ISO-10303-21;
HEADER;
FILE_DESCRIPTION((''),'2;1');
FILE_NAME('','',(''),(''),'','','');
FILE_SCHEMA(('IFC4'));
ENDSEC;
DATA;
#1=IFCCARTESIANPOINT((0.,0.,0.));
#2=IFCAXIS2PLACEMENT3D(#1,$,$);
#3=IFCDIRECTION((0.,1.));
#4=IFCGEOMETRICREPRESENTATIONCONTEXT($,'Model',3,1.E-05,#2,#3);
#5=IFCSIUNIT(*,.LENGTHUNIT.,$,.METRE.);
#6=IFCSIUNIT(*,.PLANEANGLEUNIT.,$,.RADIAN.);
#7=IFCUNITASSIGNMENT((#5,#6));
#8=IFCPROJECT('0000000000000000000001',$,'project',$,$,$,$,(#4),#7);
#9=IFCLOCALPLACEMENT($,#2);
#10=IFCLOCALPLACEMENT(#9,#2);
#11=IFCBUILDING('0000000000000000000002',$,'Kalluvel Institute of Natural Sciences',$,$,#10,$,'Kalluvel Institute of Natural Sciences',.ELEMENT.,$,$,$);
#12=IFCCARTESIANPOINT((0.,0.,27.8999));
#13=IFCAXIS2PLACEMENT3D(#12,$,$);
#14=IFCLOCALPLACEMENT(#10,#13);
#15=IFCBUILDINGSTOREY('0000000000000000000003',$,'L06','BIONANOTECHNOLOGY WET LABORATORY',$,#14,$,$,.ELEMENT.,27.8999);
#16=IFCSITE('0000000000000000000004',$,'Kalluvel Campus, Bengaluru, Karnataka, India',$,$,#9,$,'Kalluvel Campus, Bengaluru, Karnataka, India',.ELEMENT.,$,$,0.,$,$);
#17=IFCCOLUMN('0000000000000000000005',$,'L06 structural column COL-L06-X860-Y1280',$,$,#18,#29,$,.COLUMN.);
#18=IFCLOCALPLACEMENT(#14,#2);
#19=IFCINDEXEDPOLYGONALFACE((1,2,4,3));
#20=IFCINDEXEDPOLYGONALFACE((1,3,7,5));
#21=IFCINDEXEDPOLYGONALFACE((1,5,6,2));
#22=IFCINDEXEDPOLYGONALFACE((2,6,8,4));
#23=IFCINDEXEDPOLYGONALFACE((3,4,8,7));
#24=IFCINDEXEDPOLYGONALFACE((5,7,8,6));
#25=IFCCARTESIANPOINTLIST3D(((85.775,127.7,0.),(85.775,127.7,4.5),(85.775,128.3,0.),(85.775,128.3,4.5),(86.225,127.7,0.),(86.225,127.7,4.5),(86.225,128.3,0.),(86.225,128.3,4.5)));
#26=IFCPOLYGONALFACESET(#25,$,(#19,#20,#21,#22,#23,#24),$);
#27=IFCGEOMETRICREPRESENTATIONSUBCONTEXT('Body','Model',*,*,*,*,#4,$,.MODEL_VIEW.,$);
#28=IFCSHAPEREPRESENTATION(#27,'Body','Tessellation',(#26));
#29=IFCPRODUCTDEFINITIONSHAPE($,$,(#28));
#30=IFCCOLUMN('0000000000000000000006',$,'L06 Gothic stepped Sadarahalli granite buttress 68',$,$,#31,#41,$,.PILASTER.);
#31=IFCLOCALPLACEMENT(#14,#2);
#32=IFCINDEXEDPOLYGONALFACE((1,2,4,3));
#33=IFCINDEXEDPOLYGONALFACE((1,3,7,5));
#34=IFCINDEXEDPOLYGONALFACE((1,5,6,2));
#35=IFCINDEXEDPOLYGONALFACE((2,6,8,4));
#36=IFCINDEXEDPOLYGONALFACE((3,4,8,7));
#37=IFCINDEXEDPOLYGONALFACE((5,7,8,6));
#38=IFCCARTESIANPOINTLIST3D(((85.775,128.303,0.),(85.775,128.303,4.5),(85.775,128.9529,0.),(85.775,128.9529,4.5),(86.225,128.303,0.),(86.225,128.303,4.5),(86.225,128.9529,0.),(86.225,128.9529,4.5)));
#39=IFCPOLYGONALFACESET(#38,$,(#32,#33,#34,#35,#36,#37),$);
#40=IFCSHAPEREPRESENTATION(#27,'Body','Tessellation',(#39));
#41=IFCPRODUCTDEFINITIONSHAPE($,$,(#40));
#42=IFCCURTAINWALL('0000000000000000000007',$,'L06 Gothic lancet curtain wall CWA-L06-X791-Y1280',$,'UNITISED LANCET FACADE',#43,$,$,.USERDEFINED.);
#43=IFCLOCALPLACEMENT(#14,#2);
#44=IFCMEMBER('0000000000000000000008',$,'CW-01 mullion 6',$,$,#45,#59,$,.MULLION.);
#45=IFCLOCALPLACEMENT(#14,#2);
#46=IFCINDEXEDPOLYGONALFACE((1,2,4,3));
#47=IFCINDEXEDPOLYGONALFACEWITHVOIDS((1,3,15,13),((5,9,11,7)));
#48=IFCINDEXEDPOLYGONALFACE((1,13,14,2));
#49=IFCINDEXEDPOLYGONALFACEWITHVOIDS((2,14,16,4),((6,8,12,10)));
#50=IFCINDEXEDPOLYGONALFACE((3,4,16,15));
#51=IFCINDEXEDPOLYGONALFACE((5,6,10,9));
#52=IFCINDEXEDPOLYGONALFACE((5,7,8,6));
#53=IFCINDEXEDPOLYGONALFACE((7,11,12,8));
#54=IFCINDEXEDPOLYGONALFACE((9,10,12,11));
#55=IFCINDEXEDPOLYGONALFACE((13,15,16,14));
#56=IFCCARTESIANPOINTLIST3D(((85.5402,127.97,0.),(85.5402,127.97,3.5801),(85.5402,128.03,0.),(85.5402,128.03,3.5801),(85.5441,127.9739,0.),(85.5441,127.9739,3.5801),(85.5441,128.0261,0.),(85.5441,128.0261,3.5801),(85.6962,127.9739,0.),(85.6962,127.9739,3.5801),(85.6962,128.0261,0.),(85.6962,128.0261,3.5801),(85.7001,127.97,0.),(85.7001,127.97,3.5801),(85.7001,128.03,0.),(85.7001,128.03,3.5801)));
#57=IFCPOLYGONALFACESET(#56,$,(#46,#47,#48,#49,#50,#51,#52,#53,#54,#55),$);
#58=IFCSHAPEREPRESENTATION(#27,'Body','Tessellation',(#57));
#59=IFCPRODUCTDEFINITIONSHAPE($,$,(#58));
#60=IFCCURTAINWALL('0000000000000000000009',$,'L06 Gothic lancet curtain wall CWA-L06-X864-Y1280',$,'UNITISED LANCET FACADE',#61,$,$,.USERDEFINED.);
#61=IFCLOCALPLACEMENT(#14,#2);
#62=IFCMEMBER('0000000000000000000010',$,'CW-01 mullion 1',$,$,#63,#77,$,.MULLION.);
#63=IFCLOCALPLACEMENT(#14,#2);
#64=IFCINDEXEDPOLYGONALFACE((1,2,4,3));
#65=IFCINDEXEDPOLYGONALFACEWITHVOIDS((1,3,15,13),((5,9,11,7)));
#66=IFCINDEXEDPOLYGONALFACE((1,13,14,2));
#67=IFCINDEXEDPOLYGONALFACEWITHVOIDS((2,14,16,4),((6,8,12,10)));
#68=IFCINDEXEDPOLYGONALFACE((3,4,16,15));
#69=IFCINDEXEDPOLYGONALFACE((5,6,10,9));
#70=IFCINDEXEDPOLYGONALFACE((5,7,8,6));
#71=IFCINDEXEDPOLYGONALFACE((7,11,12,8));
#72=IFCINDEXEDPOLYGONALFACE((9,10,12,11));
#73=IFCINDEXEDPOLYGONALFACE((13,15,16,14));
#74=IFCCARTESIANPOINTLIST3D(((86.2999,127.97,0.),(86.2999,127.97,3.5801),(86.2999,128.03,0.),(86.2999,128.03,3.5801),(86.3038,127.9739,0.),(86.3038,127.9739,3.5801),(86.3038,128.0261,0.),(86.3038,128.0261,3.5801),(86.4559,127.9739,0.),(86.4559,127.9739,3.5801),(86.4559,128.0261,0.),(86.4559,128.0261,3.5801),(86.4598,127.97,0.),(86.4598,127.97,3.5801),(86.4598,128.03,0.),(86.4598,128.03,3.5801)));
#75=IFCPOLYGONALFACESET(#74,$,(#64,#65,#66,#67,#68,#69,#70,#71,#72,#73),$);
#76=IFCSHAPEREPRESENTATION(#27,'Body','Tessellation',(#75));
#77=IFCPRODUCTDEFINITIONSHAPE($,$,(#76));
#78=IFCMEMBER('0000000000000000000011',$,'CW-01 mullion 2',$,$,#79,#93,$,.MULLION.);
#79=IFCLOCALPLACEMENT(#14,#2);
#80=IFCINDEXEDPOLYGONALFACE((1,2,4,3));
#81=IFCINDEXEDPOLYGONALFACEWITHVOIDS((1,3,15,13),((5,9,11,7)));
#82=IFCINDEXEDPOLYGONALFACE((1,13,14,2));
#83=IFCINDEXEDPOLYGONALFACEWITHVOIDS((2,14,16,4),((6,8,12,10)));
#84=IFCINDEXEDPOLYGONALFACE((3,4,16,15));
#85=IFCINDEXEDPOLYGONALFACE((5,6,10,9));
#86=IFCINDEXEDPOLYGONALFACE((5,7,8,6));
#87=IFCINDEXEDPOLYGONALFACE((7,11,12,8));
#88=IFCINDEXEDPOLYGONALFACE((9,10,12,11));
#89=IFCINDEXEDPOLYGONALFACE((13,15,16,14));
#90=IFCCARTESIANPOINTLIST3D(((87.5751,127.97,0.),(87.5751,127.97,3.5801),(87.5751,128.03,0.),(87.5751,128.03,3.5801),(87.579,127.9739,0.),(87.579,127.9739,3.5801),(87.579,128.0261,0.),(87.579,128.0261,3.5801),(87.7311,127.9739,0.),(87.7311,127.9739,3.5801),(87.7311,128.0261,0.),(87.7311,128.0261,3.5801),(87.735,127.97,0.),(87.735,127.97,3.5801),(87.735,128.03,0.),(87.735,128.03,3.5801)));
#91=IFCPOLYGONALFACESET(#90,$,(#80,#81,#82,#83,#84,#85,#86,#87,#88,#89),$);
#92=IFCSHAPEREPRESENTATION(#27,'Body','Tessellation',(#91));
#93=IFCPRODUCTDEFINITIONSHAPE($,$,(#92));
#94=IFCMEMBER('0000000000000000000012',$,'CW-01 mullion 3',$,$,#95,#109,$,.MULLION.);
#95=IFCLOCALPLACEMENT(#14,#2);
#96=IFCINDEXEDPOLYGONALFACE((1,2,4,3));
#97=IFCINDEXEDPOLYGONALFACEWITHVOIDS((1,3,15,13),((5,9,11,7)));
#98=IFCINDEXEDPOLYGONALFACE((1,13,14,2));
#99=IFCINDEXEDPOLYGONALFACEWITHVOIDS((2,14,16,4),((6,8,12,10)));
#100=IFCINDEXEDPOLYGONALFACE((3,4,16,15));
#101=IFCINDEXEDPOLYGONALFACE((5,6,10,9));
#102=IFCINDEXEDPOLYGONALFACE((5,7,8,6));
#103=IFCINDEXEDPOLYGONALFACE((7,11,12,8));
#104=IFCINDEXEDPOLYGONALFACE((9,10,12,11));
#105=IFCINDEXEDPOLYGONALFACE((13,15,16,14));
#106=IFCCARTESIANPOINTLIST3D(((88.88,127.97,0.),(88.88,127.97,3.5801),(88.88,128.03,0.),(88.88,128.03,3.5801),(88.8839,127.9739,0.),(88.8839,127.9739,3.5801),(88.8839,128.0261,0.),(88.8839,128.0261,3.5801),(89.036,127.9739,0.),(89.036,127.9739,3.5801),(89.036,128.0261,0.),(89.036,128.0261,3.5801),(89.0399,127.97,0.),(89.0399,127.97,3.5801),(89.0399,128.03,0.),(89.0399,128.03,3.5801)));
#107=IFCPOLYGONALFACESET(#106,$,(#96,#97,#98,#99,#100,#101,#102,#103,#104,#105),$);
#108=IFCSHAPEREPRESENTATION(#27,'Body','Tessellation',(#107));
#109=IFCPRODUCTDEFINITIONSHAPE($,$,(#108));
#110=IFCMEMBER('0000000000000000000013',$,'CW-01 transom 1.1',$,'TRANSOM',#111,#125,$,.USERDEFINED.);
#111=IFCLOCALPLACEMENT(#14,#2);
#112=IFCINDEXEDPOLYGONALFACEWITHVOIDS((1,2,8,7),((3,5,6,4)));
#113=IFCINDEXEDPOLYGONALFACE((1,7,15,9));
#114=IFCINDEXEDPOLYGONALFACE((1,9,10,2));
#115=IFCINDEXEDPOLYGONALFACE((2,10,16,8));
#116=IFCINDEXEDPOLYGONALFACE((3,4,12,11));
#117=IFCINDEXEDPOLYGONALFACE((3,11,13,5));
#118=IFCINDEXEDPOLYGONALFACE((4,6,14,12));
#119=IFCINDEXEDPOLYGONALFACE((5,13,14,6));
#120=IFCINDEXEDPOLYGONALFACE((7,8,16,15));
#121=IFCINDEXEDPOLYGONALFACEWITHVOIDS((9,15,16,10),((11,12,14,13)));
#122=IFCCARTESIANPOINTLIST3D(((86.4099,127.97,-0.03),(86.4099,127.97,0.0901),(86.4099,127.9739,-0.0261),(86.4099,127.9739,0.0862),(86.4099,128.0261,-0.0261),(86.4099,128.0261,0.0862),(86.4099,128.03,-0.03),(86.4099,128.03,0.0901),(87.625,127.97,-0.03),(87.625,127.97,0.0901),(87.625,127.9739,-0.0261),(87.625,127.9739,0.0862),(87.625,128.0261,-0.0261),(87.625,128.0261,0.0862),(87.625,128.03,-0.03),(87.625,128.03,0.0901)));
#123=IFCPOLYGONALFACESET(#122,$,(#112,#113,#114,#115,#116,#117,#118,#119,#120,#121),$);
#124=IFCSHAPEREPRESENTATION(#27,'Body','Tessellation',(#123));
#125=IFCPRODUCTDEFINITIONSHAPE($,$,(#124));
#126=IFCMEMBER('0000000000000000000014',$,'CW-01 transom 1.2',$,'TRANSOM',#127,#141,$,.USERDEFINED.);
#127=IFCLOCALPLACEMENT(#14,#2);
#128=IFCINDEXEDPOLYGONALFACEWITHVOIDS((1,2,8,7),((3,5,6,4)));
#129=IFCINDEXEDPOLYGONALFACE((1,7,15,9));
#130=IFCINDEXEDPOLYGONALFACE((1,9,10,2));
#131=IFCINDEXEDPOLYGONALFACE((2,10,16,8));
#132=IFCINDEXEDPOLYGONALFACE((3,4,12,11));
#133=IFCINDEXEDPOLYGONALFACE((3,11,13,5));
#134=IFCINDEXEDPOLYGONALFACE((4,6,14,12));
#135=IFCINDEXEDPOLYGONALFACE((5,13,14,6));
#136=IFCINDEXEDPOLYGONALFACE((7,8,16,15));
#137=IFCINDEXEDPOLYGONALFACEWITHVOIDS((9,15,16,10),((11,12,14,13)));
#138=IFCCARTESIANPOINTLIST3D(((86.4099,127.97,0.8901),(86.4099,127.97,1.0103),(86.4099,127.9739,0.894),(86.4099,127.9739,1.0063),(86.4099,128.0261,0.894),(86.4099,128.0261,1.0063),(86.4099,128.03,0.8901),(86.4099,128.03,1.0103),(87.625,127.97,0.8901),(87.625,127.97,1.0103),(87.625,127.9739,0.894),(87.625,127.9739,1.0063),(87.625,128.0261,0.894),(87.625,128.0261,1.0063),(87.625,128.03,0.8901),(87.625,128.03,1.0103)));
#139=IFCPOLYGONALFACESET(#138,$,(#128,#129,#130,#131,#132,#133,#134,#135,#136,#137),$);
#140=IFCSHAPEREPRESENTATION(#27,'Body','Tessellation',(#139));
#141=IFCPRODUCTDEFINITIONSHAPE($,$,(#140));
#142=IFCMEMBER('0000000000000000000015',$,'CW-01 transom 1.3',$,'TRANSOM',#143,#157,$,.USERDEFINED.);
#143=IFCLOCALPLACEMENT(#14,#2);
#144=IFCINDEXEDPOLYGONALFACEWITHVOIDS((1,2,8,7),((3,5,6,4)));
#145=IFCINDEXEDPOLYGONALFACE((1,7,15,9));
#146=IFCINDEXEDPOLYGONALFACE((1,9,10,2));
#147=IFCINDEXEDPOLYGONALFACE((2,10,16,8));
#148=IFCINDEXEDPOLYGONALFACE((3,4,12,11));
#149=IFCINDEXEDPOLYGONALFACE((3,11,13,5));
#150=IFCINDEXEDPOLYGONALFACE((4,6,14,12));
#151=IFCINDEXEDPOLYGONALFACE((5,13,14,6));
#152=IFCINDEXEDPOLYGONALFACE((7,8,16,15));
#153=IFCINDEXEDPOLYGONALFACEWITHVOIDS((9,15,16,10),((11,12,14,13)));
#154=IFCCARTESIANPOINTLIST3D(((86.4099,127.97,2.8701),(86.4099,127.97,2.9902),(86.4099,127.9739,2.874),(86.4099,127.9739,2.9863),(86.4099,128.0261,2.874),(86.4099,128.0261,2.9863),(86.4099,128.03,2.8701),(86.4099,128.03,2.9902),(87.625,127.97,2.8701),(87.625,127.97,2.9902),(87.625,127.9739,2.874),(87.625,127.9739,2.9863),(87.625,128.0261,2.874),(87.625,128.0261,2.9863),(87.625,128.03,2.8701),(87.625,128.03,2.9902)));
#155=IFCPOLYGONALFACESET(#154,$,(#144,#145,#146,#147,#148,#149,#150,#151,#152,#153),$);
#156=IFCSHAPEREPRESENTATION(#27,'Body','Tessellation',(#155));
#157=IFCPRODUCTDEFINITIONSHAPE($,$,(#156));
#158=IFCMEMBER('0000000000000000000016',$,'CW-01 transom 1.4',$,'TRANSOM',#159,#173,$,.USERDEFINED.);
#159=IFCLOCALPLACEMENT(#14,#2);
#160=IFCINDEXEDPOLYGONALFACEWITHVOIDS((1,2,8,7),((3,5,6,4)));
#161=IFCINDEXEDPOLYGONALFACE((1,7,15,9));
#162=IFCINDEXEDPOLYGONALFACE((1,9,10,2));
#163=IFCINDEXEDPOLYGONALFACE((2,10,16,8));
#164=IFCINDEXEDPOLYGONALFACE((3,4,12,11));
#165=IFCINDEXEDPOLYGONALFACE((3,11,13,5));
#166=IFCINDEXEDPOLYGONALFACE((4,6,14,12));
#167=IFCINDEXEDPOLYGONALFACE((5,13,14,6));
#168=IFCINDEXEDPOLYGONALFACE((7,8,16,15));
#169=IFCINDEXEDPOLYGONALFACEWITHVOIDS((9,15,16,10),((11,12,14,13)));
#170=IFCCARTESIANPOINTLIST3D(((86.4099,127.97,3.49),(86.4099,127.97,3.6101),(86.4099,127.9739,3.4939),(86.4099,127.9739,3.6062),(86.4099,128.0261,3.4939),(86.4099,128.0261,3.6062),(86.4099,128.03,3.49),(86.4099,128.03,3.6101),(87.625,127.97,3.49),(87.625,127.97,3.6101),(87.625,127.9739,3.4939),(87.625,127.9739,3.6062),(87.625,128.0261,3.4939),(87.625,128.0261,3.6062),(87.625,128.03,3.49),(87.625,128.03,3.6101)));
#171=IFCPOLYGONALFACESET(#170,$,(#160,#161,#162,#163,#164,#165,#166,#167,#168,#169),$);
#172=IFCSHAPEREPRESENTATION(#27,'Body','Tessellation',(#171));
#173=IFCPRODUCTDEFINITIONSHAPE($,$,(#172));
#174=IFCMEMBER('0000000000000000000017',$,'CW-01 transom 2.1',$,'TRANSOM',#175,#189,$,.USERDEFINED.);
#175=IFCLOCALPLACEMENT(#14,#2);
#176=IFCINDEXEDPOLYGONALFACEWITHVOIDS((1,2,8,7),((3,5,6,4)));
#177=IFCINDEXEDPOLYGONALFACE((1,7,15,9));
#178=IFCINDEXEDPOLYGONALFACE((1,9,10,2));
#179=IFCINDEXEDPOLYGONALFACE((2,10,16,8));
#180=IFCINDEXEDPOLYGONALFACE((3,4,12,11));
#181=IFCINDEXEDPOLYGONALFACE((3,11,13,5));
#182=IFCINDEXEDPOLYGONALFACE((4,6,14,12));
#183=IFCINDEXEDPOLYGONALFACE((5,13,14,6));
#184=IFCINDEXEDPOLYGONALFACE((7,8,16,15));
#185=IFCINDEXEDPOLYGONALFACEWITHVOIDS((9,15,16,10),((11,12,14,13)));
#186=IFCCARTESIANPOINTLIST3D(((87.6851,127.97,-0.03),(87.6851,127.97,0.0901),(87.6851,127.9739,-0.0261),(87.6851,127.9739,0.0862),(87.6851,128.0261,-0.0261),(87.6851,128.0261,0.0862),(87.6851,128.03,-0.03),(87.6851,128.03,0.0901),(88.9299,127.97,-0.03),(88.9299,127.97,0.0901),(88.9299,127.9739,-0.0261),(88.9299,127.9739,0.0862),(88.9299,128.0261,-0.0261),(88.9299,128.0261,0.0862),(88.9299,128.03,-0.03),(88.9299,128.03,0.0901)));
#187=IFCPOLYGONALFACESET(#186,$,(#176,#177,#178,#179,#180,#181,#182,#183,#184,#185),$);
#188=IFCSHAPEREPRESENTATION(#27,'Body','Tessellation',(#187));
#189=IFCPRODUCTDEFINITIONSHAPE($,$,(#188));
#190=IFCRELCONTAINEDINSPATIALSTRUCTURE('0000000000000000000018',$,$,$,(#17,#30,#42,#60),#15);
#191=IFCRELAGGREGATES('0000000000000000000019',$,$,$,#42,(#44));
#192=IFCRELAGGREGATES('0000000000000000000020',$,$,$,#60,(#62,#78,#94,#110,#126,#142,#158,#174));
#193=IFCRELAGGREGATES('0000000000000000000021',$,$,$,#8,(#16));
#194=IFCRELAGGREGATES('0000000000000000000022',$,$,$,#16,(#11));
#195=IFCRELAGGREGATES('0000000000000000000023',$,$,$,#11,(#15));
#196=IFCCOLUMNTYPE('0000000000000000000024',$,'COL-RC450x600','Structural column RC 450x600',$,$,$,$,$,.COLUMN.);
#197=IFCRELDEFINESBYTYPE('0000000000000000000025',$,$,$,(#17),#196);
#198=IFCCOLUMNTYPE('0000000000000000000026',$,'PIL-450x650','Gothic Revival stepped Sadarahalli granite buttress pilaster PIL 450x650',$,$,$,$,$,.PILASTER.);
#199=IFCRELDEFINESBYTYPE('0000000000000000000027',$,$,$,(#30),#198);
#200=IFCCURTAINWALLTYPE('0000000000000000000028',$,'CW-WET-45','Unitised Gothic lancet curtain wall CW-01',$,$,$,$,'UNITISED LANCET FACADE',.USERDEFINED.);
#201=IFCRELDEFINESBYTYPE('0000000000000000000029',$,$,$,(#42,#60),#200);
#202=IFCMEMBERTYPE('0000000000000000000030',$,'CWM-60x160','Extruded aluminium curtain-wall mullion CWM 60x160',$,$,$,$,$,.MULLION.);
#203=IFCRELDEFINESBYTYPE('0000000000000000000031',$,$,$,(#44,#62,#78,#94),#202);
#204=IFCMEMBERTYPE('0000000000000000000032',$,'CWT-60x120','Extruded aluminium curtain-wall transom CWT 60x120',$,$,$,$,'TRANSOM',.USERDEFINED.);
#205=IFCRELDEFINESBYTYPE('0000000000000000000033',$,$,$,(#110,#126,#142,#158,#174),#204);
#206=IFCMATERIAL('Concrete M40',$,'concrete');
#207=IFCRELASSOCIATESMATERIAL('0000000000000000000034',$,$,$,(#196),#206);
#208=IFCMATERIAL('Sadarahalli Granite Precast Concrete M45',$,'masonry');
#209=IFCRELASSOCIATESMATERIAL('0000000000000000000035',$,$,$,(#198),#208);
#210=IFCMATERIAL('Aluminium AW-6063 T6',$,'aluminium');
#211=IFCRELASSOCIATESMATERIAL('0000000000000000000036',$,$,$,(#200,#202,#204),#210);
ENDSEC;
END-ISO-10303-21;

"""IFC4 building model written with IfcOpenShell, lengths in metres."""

from ifc_helpers import new_model, si_unit, direction, frame, origin, origin_2d, place, context, subcontext, project, spatial, rectangle, hollow_rectangle, extrude, material, material_profile, profile_set, type_object, element, aggregate, save


model = new_model("IFC4")

# Units and contexts
model_context = context("Model", 3, precision=1e-05, world=origin(), true_north=direction((0.0, 1.0)))
body_context = subcontext(model_context, "Body", "Model", "MODEL_VIEW")
ifc_project = project(units=[si_unit("LENGTHUNIT", "METRE"), si_unit("PLANEANGLEUNIT", "RADIAN")], contexts=[model_context])

# Site, building, storey
site_placement = place(None, origin())
site = spatial("IfcSite", under=ifc_project, at=site_placement, Name="Kalluvel Campus, Bengaluru, Karnataka, India", LongName="Kalluvel Campus, Bengaluru, Karnataka, India", CompositionType="ELEMENT", RefElevation=0.0)
building_placement = place(site_placement, origin())
building = spatial("IfcBuilding", under=site, at=building_placement, Name="Kalluvel Institute of Natural Sciences", LongName="Kalluvel Institute of Natural Sciences", CompositionType="ELEMENT")
storey_placement = place(building_placement, frame((0.0, 0.0, 27.8999)))
storey = spatial("IfcBuildingStorey", under=building, at=storey_placement, Name="L06", Description="BIONANOTECHNOLOGY WET LABORATORY", CompositionType="ELEMENT", Elevation=27.8999)

# Columns
ifc_material_1 = material(Name="Concrete M40", Category="concrete")
ifc_material_profile_1 = material_profile(ifc_material_1, rectangle(XDim=0.45, YDim=0.6001, at=origin_2d()), Name="RC 450x600")
ifc_profile_set_1 = profile_set([ifc_material_profile_1], Name="Concrete M40")
column_type_1 = type_object("IfcColumnType", Name="COL-RC450x600", Description="Structural column RC 450x600", PredefinedType="COLUMN", material=ifc_profile_set_1)
column_1_placement = place(storey_placement, frame((86.0, 128.0, 0.0), z_axis=(0.0, 0.0, 1.0), x_axis=(1.0, 0.0, 0.0)))
element("IfcColumn", 1, at=column_1_placement, inside=storey, type_object=column_type_1, Name="L06 structural column COL-L06-X860-Y1280", PredefinedType="COLUMN", context=body_context, shape_type="SweptSolid", body=[
    extrude(rectangle(XDim=0.45, YDim=0.6001, at=origin_2d()), origin(), (0.0, 0.0, 1.0), 4.5),
])
ifc_material_2 = material(Name="Sadarahalli Granite Precast Concrete M45", Category="masonry")
ifc_material_profile_2 = material_profile(ifc_material_2, rectangle(XDim=0.45, YDim=0.6499, at=origin_2d()), Name="PIL 450x650")
ifc_profile_set_2 = profile_set([ifc_material_profile_2], Name="Sadarahalli Granite Precast Concrete M45")
column_type_2 = type_object("IfcColumnType", Name="PIL-450x650", Description="Gothic Revival stepped Sadarahalli granite buttress pilaster PIL 450x650", PredefinedType="PILASTER", material=ifc_profile_set_2)
column_2_placement = place(storey_placement, frame((86.0, 128.6279, 0.0), z_axis=(0.0, 0.0, 1.0), x_axis=(1.0, 0.0, 0.0)))
element("IfcColumn", 2, at=column_2_placement, inside=storey, type_object=column_type_2, Name="L06 Gothic stepped Sadarahalli granite buttress 68", PredefinedType="PILASTER", context=body_context, shape_type="SweptSolid", body=[
    extrude(rectangle(XDim=0.45, YDim=0.6499, at=origin_2d()), origin(), (0.0, 0.0, 1.0), 4.5),
])

# Curtain wall, member
ifc_material_3 = material(Name="Aluminium AW-6063 T6", Category="aluminium")
curtain_wall_type = type_object("IfcCurtainWallType", Name="CW-WET-45", Description="Unitised Gothic lancet curtain wall CW-01", ElementType="UNITISED LANCET FACADE", PredefinedType="USERDEFINED", material=ifc_material_3)
curtain_wall_1_placement = place(storey_placement, origin())
curtain_wall_1 = element("IfcCurtainWall", 3, at=curtain_wall_1_placement, inside=storey, type_object=curtain_wall_type, Name="L06 Gothic lancet curtain wall CWA-L06-X791-Y1280", ObjectType="UNITISED LANCET FACADE", PredefinedType="USERDEFINED")
ifc_material_profile_3 = material_profile(ifc_material_3, hollow_rectangle(XDim=0.0601, YDim=0.1599, WallThickness=0.0039, at=origin_2d()), Name="CWM 60x160")
ifc_profile_set_3 = profile_set([ifc_material_profile_3], Name="Aluminium AW-6063 T6")
member_type_1 = type_object("IfcMemberType", Name="CWM-60x160", Description="Extruded aluminium curtain-wall mullion CWM 60x160", PredefinedType="MULLION", material=ifc_profile_set_3)
member_1_placement = place(storey_placement, frame((85.6201, 128.0, 0.0), z_axis=(0.0, 0.0, 1.0), x_axis=(0.0, 1.0, 0.0)))
member_1 = element("IfcMember", 4, at=member_1_placement, type_object=member_type_1, Name="CW-01 mullion 6", PredefinedType="MULLION", context=body_context, shape_type="SweptSolid", body=[
    extrude(hollow_rectangle(XDim=0.0601, YDim=0.1599, WallThickness=0.0039, at=origin_2d()), origin(), (0.0, 0.0, 1.0), 3.5801),
])
aggregate(curtain_wall_1, [member_1])

# Curtain wall, members
curtain_wall_2_placement = place(storey_placement, origin())
curtain_wall_2 = element("IfcCurtainWall", 5, at=curtain_wall_2_placement, inside=storey, type_object=curtain_wall_type, Name="L06 Gothic lancet curtain wall CWA-L06-X864-Y1280", ObjectType="UNITISED LANCET FACADE", PredefinedType="USERDEFINED")
member_2_placement = place(storey_placement, frame((86.3799, 128.0, 0.0), z_axis=(0.0, 0.0, 1.0), x_axis=(0.0, 1.0, 0.0)))
member_2 = element("IfcMember", 6, at=member_2_placement, type_object=member_type_1, Name="CW-01 mullion 1", PredefinedType="MULLION", context=body_context, shape_type="SweptSolid", body=[
    extrude(hollow_rectangle(XDim=0.0601, YDim=0.1599, WallThickness=0.0039, at=origin_2d()), origin(), (0.0, 0.0, 1.0), 3.5801),
])
member_3_placement = place(storey_placement, frame((87.655, 128.0, 0.0), z_axis=(0.0, 0.0, 1.0), x_axis=(0.0, 1.0, 0.0)))
member_3 = element("IfcMember", 7, at=member_3_placement, type_object=member_type_1, Name="CW-01 mullion 2", PredefinedType="MULLION", context=body_context, shape_type="SweptSolid", body=[
    extrude(hollow_rectangle(XDim=0.0601, YDim=0.1599, WallThickness=0.0039, at=origin_2d()), origin(), (0.0, 0.0, 1.0), 3.5801),
])
member_4_placement = place(storey_placement, frame((88.96, 128.0, 0.0), z_axis=(0.0, 0.0, 1.0), x_axis=(0.0, 1.0, 0.0)))
member_4 = element("IfcMember", 8, at=member_4_placement, type_object=member_type_1, Name="CW-01 mullion 3", PredefinedType="MULLION", context=body_context, shape_type="SweptSolid", body=[
    extrude(hollow_rectangle(XDim=0.0601, YDim=0.1599, WallThickness=0.0039, at=origin_2d()), origin(), (0.0, 0.0, 1.0), 3.5801),
])
ifc_material_profile_4 = material_profile(ifc_material_3, hollow_rectangle(XDim=0.0601, YDim=0.1201, WallThickness=0.0039, at=origin_2d()), Name="CWT 60x120")
ifc_profile_set_4 = profile_set([ifc_material_profile_4], Name="Aluminium AW-6063 T6")
member_type_2 = type_object("IfcMemberType", Name="CWT-60x120", Description="Extruded aluminium curtain-wall transom CWT 60x120", ElementType="TRANSOM", PredefinedType="USERDEFINED", material=ifc_profile_set_4)
member_5_placement = place(storey_placement, frame((86.4099, 128.0, 0.03), z_axis=(1.0, 0.0, 0.0), x_axis=(0.0, 1.0, 0.0)))
member_5 = element("IfcMember", 9, at=member_5_placement, type_object=member_type_2, Name="CW-01 transom 1.1", ObjectType="TRANSOM", PredefinedType="USERDEFINED", context=body_context, shape_type="SweptSolid", body=[
    extrude(hollow_rectangle(XDim=0.0601, YDim=0.1201, WallThickness=0.0039, at=origin_2d()), origin(), (0.0, 0.0, 1.0), 1.2151),
])
member_6_placement = place(storey_placement, frame((86.4099, 128.0, 0.9502), z_axis=(1.0, 0.0, 0.0), x_axis=(0.0, 1.0, 0.0)))
member_6 = element("IfcMember", 10, at=member_6_placement, type_object=member_type_2, Name="CW-01 transom 1.2", ObjectType="TRANSOM", PredefinedType="USERDEFINED", context=body_context, shape_type="SweptSolid", body=[
    extrude(hollow_rectangle(XDim=0.0601, YDim=0.1201, WallThickness=0.0039, at=origin_2d()), origin(), (0.0, 0.0, 1.0), 1.2151),
])
member_7_placement = place(storey_placement, frame((86.4099, 128.0, 2.9302), z_axis=(1.0, 0.0, 0.0), x_axis=(0.0, 1.0, 0.0)))
member_7 = element("IfcMember", 11, at=member_7_placement, type_object=member_type_2, Name="CW-01 transom 1.3", ObjectType="TRANSOM", PredefinedType="USERDEFINED", context=body_context, shape_type="SweptSolid", body=[
    extrude(hollow_rectangle(XDim=0.0601, YDim=0.1201, WallThickness=0.0039, at=origin_2d()), origin(), (0.0, 0.0, 1.0), 1.2151),
])
member_8_placement = place(storey_placement, frame((86.4099, 128.0, 3.55), z_axis=(1.0, 0.0, 0.0), x_axis=(0.0, 1.0, 0.0)))
member_8 = element("IfcMember", 12, at=member_8_placement, type_object=member_type_2, Name="CW-01 transom 1.4", ObjectType="TRANSOM", PredefinedType="USERDEFINED", context=body_context, shape_type="SweptSolid", body=[
    extrude(hollow_rectangle(XDim=0.0601, YDim=0.1201, WallThickness=0.0039, at=origin_2d()), origin(), (0.0, 0.0, 1.0), 1.2151),
])
member_9_placement = place(storey_placement, frame((87.6851, 128.0, 0.03), z_axis=(1.0, 0.0, 0.0), x_axis=(0.0, 1.0, 0.0)))
member_9 = element("IfcMember", 13, at=member_9_placement, type_object=member_type_2, Name="CW-01 transom 2.1", ObjectType="TRANSOM", PredefinedType="USERDEFINED", context=body_context, shape_type="SweptSolid", body=[
    extrude(hollow_rectangle(XDim=0.0601, YDim=0.1201, WallThickness=0.0039, at=origin_2d()), origin(), (0.0, 0.0, 1.0), 1.2449),
])

aggregate(curtain_wall_2, [member_2, member_3, member_4, member_5, member_6, member_7, member_8, member_9])

save(model, "model.ifc")
